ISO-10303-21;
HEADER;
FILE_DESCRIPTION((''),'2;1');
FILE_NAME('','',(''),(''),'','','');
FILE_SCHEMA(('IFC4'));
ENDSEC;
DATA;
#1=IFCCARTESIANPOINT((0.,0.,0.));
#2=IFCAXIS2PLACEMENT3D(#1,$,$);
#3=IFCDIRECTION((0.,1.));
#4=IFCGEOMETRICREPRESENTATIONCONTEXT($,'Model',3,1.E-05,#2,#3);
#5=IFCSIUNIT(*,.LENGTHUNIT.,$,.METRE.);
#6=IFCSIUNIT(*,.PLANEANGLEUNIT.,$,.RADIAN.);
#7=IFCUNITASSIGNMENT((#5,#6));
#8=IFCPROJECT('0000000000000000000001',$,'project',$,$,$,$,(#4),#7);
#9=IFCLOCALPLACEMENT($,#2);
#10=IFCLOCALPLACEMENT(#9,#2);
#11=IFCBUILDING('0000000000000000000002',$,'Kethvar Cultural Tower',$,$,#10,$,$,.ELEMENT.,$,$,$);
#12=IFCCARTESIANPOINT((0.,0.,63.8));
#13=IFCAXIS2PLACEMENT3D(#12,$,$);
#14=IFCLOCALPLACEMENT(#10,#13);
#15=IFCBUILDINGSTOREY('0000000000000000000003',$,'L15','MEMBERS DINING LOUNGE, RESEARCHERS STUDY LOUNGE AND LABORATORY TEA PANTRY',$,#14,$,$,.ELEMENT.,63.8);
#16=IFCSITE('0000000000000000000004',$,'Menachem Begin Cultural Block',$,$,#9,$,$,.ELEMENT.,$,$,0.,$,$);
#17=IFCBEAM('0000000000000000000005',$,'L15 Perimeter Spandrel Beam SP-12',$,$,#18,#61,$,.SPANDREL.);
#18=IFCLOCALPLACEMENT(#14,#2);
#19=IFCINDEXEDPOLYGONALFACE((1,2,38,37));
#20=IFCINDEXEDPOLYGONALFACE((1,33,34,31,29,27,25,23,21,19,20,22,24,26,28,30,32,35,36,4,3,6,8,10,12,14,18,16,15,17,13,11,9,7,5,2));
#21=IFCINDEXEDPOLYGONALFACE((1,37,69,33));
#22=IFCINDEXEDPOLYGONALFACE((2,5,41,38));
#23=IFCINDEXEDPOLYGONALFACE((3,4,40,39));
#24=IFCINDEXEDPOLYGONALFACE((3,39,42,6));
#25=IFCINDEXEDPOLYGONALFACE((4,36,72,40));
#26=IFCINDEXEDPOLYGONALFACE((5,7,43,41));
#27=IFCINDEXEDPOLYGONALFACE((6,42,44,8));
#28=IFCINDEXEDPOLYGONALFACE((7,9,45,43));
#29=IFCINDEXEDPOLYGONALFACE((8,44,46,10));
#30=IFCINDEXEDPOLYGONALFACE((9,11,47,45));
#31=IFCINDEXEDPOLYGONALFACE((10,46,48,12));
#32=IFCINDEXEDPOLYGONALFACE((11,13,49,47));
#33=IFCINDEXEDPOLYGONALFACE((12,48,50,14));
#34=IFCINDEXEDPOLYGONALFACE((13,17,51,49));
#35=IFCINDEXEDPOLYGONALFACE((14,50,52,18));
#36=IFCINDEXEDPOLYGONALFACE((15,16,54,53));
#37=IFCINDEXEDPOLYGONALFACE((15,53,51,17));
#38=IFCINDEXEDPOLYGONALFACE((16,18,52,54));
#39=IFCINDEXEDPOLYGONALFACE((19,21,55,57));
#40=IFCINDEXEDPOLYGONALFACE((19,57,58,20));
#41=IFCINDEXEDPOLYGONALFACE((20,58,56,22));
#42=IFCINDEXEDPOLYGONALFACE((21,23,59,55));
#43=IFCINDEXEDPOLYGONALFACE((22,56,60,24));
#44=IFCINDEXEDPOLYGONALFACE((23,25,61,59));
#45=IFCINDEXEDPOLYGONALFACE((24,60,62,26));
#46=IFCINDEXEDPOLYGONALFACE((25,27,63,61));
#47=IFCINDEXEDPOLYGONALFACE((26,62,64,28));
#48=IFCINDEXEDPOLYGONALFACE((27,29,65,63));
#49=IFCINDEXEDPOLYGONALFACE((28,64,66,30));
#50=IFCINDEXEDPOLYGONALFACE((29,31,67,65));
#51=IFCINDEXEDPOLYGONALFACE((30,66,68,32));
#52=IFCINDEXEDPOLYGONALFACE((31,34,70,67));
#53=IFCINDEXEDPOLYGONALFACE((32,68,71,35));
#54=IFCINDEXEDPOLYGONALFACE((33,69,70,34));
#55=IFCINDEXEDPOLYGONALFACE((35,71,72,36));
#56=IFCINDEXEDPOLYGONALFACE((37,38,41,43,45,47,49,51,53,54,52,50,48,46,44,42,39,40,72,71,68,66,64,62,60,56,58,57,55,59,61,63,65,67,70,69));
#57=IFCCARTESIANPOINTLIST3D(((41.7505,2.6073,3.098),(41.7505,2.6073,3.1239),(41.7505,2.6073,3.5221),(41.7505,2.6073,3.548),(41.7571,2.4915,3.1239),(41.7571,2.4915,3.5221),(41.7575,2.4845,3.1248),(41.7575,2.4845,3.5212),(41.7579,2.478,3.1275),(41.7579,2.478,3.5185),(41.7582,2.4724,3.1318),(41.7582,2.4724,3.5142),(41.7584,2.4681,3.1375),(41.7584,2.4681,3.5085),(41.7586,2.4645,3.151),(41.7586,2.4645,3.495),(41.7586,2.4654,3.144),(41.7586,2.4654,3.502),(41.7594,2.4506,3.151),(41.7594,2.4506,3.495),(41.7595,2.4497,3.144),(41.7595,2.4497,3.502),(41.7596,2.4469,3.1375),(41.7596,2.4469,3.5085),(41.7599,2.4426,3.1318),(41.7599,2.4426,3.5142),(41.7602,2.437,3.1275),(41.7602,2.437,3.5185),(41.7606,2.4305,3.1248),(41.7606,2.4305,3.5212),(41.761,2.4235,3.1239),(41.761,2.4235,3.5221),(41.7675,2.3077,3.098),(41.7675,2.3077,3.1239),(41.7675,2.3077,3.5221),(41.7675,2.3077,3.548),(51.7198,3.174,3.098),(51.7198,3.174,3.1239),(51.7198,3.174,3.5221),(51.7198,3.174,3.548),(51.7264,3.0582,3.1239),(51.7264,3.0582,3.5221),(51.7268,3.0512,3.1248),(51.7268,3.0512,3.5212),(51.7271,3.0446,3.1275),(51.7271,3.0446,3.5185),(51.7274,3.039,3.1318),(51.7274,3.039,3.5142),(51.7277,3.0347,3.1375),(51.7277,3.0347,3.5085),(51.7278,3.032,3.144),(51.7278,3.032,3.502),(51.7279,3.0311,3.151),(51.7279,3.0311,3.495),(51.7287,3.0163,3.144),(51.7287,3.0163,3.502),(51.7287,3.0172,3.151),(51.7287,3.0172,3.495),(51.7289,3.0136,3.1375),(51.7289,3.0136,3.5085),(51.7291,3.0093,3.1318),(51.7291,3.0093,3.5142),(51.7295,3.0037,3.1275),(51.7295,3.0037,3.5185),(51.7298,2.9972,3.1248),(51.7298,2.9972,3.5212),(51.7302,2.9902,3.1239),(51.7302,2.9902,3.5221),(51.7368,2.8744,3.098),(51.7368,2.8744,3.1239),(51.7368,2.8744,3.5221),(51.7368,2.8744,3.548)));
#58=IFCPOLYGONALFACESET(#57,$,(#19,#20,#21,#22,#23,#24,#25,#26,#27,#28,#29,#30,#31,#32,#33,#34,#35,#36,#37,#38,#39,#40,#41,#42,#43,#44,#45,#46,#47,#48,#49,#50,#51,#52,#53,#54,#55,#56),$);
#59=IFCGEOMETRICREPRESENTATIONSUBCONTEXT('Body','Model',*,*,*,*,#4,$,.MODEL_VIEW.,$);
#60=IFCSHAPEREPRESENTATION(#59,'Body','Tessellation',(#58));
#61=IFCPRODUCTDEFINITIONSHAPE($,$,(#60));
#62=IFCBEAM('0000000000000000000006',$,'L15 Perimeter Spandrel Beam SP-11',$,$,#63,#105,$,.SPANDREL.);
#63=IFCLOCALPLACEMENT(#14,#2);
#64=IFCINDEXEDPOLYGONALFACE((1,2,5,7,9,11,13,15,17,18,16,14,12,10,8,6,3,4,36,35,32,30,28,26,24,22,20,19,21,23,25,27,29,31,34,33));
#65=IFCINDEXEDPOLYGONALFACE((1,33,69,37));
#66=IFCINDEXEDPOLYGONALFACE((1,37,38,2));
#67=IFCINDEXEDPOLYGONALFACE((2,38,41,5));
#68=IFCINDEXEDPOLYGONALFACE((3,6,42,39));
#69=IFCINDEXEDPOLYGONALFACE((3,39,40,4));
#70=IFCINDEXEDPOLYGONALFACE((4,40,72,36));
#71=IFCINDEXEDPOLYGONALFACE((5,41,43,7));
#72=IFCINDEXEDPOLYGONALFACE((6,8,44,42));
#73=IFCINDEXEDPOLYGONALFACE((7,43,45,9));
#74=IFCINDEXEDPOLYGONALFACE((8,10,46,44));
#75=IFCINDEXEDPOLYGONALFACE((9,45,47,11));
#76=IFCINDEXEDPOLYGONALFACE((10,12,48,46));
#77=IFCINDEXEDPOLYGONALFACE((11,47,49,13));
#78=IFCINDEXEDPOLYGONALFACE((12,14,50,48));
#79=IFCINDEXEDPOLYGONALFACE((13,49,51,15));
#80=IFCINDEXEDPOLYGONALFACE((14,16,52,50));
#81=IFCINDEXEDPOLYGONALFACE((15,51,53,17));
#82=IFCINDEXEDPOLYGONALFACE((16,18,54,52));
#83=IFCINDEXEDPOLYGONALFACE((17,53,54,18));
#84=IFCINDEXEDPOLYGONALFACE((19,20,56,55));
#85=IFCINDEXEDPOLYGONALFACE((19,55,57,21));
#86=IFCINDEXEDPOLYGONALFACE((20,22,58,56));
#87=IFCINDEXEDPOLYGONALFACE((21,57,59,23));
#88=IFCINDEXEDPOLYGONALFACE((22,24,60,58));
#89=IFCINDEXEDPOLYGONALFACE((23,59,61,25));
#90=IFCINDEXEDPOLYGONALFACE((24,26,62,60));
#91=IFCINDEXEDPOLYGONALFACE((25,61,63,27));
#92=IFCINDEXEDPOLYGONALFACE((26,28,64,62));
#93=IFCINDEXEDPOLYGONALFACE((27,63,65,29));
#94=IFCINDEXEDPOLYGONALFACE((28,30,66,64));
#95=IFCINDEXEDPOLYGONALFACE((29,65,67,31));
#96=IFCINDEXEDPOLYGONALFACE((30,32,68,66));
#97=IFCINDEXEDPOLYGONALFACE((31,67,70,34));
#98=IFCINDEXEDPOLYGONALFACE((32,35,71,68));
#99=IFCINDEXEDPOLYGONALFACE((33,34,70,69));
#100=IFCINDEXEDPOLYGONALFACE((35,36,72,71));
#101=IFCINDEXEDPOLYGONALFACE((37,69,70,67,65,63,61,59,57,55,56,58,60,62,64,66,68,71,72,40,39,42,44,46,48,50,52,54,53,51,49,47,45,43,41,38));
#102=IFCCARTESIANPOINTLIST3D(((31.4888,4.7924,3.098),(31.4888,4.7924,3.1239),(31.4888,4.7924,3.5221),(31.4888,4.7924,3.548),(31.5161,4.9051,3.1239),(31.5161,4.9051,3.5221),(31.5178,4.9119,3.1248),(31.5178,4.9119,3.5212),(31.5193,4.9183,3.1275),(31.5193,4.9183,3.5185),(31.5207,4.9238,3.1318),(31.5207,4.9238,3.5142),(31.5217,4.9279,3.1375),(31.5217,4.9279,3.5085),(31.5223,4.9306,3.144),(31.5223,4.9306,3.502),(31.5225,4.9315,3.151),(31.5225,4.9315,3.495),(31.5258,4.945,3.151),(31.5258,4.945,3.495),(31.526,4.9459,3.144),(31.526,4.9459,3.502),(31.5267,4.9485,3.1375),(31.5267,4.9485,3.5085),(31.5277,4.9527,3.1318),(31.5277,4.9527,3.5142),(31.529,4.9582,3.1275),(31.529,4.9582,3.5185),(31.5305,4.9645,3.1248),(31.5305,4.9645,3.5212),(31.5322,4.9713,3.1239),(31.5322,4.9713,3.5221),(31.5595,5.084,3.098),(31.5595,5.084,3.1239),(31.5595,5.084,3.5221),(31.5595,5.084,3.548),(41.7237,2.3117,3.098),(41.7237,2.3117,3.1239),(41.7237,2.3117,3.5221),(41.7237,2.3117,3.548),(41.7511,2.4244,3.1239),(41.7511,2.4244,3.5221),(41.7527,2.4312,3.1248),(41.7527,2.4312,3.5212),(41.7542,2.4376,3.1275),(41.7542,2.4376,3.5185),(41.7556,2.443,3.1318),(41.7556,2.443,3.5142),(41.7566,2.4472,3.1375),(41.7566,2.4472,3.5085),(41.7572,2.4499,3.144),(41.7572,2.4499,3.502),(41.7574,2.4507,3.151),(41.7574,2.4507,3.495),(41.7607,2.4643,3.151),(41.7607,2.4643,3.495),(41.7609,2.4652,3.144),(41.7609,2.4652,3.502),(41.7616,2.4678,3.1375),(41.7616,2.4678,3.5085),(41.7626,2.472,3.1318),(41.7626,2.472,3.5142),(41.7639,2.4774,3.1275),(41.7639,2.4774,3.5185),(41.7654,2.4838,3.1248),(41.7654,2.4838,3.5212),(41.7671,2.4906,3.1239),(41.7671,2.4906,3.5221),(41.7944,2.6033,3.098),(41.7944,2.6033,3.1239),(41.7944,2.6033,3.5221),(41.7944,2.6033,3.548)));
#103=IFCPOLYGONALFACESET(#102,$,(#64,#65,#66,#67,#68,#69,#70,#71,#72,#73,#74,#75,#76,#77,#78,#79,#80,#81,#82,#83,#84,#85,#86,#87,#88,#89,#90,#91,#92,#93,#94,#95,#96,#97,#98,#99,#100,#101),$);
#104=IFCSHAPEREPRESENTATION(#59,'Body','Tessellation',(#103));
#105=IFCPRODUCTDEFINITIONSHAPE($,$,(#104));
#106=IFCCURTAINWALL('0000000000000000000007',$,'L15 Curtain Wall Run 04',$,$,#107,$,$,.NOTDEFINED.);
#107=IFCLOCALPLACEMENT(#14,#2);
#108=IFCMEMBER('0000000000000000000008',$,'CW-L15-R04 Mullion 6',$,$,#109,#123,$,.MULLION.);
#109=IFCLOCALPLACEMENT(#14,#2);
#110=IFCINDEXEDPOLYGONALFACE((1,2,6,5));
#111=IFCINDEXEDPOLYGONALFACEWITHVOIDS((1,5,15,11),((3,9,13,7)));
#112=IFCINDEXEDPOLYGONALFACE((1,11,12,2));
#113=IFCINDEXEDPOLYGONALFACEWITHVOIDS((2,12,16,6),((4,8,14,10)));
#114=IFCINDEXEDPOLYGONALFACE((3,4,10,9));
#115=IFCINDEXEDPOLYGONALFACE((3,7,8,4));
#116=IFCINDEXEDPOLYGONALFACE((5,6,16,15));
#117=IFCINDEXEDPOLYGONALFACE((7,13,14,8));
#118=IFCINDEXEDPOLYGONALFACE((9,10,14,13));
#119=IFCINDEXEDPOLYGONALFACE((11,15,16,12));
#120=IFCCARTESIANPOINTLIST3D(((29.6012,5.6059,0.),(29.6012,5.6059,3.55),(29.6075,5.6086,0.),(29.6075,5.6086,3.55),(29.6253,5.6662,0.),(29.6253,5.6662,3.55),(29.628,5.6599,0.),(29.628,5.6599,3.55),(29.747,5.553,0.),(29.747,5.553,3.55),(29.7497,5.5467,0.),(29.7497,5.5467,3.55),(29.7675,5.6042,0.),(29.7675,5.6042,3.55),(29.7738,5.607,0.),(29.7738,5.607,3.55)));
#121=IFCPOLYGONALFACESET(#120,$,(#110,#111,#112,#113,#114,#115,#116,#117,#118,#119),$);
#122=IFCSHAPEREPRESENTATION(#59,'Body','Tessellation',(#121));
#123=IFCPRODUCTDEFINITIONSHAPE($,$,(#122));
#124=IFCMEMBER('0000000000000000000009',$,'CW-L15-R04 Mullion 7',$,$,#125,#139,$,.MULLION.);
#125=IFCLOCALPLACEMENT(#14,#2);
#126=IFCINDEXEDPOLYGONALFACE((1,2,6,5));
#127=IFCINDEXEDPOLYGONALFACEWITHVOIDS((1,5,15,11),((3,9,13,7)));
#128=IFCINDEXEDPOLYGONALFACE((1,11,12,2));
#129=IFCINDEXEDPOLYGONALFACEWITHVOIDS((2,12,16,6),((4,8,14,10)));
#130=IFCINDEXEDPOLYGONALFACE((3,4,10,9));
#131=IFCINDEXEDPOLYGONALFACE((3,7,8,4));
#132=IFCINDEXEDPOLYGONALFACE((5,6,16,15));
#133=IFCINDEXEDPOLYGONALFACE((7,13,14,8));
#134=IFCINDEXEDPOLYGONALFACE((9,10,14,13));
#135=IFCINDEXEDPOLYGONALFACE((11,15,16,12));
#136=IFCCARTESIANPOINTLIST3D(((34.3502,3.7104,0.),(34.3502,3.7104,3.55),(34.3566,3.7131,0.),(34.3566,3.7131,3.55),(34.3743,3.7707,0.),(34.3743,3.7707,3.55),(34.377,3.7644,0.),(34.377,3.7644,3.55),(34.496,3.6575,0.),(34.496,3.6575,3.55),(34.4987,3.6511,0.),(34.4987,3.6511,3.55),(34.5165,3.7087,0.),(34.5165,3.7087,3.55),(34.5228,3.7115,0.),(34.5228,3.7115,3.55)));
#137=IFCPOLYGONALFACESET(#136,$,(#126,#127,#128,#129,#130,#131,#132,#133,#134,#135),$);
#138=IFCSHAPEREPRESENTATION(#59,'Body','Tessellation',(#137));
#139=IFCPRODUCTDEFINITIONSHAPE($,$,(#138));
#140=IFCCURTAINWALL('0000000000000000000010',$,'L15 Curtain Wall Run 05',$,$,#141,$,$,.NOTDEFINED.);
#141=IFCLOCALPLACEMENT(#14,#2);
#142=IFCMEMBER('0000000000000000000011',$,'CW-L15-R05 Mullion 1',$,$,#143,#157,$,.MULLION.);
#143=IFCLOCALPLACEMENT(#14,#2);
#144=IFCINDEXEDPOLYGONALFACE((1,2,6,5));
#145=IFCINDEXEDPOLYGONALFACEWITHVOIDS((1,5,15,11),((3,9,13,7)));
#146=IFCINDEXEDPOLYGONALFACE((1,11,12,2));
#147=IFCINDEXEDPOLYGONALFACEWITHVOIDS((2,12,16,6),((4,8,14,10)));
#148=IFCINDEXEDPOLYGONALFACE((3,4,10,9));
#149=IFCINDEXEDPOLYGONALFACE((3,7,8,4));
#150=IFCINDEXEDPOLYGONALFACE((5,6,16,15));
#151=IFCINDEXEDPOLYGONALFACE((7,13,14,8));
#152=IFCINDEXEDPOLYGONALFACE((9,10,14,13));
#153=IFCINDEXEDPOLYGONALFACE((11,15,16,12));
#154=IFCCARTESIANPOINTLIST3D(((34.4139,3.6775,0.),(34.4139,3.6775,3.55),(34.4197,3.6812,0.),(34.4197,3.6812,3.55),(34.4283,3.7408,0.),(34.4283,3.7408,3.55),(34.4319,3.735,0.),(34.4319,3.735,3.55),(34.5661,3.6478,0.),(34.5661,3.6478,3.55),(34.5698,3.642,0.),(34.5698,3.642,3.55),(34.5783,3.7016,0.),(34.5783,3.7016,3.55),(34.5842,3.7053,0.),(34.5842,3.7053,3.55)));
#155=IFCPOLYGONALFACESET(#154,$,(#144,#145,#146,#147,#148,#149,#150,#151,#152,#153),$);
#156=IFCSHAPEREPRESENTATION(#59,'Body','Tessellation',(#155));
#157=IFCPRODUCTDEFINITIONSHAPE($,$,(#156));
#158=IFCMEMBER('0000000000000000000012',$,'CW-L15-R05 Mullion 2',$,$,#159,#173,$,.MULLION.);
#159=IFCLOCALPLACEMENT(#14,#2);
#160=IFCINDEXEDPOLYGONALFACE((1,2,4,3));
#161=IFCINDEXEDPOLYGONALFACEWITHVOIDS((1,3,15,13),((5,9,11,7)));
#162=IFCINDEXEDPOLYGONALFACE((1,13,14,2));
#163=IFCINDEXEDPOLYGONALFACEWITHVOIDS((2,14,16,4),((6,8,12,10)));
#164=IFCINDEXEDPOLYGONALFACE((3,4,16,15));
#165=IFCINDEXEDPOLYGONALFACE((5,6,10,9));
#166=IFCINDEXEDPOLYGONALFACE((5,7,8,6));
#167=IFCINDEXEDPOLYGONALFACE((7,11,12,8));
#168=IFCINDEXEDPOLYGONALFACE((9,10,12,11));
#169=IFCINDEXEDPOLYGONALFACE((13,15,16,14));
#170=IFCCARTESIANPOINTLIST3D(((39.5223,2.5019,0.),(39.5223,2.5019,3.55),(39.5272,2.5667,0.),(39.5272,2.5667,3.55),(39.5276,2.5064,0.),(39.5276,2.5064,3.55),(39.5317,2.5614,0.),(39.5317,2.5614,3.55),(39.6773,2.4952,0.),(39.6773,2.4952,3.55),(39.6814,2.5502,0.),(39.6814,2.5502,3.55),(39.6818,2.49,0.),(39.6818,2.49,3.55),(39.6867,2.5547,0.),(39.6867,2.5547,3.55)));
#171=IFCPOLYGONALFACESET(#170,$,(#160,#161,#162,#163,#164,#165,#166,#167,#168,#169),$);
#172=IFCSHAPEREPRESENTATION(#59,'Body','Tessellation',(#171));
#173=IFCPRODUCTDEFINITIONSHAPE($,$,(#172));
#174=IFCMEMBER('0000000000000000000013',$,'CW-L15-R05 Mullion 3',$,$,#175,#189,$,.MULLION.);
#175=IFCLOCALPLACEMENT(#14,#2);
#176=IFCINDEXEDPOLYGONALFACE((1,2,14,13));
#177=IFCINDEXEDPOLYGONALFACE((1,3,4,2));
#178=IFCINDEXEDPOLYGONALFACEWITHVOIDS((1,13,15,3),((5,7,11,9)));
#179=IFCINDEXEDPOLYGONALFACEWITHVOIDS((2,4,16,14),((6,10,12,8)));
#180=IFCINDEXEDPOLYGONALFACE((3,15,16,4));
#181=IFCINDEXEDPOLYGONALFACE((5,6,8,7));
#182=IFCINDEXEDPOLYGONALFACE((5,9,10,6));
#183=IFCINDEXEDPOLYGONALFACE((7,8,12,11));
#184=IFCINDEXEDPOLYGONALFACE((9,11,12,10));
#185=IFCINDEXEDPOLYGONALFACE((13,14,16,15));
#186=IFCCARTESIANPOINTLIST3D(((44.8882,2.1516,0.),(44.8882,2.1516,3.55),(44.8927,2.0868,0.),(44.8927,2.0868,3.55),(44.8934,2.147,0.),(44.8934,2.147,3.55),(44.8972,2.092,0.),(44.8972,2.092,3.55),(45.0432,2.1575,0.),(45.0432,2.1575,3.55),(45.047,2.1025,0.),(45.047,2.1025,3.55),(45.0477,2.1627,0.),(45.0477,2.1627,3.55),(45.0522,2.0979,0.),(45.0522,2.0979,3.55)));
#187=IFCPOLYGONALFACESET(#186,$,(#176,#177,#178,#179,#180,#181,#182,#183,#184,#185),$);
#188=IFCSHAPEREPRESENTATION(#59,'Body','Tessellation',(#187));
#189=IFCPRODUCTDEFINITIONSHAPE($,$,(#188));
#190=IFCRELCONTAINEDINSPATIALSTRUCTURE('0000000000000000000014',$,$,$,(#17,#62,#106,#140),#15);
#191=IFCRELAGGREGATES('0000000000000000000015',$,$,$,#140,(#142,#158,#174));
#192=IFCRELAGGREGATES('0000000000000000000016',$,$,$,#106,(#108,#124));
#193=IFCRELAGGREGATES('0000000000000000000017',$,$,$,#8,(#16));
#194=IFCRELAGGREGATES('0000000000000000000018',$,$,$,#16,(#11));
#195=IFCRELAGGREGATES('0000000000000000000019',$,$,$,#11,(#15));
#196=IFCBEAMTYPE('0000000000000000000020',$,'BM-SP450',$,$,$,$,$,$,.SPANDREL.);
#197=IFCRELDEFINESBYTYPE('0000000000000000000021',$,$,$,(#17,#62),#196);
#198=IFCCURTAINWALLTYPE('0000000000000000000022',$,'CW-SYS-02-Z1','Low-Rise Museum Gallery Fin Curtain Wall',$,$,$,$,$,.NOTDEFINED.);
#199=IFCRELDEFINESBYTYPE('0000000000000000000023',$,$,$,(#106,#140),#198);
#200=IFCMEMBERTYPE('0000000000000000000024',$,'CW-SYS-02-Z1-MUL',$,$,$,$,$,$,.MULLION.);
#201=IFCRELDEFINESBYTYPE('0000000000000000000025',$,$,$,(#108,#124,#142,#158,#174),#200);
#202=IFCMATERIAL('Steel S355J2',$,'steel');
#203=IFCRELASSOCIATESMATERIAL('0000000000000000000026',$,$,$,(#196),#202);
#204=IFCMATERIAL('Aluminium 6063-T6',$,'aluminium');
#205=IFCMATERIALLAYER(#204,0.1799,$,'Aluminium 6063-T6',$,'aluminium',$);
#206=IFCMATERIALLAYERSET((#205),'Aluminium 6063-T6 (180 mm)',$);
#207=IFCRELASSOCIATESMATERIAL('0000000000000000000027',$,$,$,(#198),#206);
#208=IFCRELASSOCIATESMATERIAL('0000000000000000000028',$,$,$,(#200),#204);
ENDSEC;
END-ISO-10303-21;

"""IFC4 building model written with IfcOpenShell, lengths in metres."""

from ifc_helpers import new_model, si_unit, direction, frame, origin, origin_2d, place, context, subcontext, project, spatial, hollow_rectangle, i_section, extrude, source, transform, mapped, material, layer, layer_set, material_profile, profile_set, type_object, element, aggregate, save


model = new_model("IFC4")

# Units and contexts
model_context = context("Model", 3, precision=1e-05, world=origin(), true_north=direction((0.0, 1.0)))
body_context = subcontext(model_context, "Body", "Model", "MODEL_VIEW")
ifc_project = project(units=[si_unit("LENGTHUNIT", "METRE"), si_unit("PLANEANGLEUNIT", "RADIAN")], contexts=[model_context])

# Site, building, storey
site_placement = place(None, origin())
site = spatial("IfcSite", under=ifc_project, at=site_placement, Name="Menachem Begin Cultural Block", CompositionType="ELEMENT", RefElevation=0.0)
building_placement = place(site_placement, origin())
building = spatial("IfcBuilding", under=site, at=building_placement, Name="Kethvar Cultural Tower", CompositionType="ELEMENT")
storey_placement = place(building_placement, frame((0.0, 0.0, 63.8)))
storey = spatial("IfcBuildingStorey", under=building, at=storey_placement, Name="L15", Description="MEMBERS DINING LOUNGE, RESEARCHERS STUDY LOUNGE AND LABORATORY TEA PANTRY", CompositionType="ELEMENT", Elevation=63.8)

# Beams
ifc_material_1 = material(Name="Steel S355J2", Category="steel")
ifc_material_profile_1 = material_profile(ifc_material_1, i_section(OverallWidth=0.3, OverallDepth=0.45, WebThickness=0.0139, FlangeThickness=0.0259, FilletRadius=0.0271, at=origin_2d()), Name="Steel S355J2 — HEB450")
ifc_profile_set_1 = profile_set([ifc_material_profile_1], Name="Steel S355J2 — HEB450")
beam_type_1 = type_object("IfcBeamType", Name="BM-SP450", PredefinedType="SPANDREL", material=ifc_profile_set_1)
shared_shape_1 = source(origin(), body_context, "Body", "SweptSolid", [
    extrude(i_section(OverallWidth=0.3, OverallDepth=0.45, WebThickness=0.0139, FlangeThickness=0.0259, FilletRadius=0.0271, at=origin_2d()), origin(), (0.0, 0.0, 1.0), 9.9854),
])
beam_1_placement = place(storey_placement, frame((41.759, 2.4575, 3.323), z_axis=(0.998389, 0.056748, 0.0), x_axis=(-0.056748, 0.998389, 0.0)))
element("IfcBeam", 1, at=beam_1_placement, inside=storey, type_object=beam_type_1, Name="L15 Perimeter Spandrel Beam SP-12", PredefinedType="SPANDREL", context=body_context, shape_type="MappedRepresentation", body=[
    mapped(shared_shape_1, transform((0.0, 0.0, 0.0), scale=1.0)),
])
shared_shape_2 = source(origin(), body_context, "Body", "SweptSolid", [
    extrude(i_section(OverallWidth=0.3, OverallDepth=0.45, WebThickness=0.0139, FlangeThickness=0.0259, FilletRadius=0.0271, at=origin_2d()), origin(), (0.0, 0.0, 1.0), 10.5312),
])
beam_2_placement = place(storey_placement, frame((31.5242, 4.9382, 3.323), z_axis=(0.97186, -0.235558, 0.0), x_axis=(0.235558, 0.97186, 0.0)))
element("IfcBeam", 2, at=beam_2_placement, inside=storey, type_object=beam_type_1, Name="L15 Perimeter Spandrel Beam SP-11", PredefinedType="SPANDREL", context=body_context, shape_type="MappedRepresentation", body=[
    mapped(shared_shape_2, transform((0.0, 0.0, 0.0), scale=1.0)),
])

# Curtain walls, members
ifc_material_2 = material(Name="Aluminium 6063-T6", Category="aluminium")
ifc_layer_1 = layer(ifc_material_2, 0.1799, Name="Aluminium 6063-T6", Category="aluminium")
ifc_layer_set_1 = layer_set([ifc_layer_1], Name="Aluminium 6063-T6 (180 mm)")
curtain_wall_type = type_object("IfcCurtainWallType", Name="CW-SYS-02-Z1", Description="Low-Rise Museum Gallery Fin Curtain Wall", PredefinedType="NOTDEFINED", material=ifc_layer_set_1)
curtain_wall_1_placement = place(storey_placement, origin())
curtain_wall_1 = element("IfcCurtainWall", 3, at=curtain_wall_1_placement, inside=storey, type_object=curtain_wall_type, Name="L15 Curtain Wall Run 04", PredefinedType="NOTDEFINED")
ifc_material_profile_2 = material_profile(ifc_material_2, hollow_rectangle(XDim=0.0649, YDim=0.1599, WallThickness=0.0049, at=origin_2d()), Name="Aluminium 6063-T6 — RHS160x65x5")
ifc_profile_set_2 = profile_set([ifc_material_profile_2], Name="Aluminium 6063-T6 — RHS160x65x5")
member_type_1 = type_object("IfcMemberType", Name="CW-SYS-02-Z1-MUL", PredefinedType="MULLION", material=ifc_profile_set_2)
shared_shape_3 = source(origin(), body_context, "Body", "SweptSolid", [
    extrude(hollow_rectangle(XDim=0.0649, YDim=0.1599, WallThickness=0.0049, at=origin_2d()), origin(), (0.0, 0.0, 1.0), 3.55),
])
member_1_placement = place(storey_placement, frame((29.6875, 5.6064, 0.0), z_axis=(0.0, 0.0, 1.0), x_axis=(0.370655, 0.928771, 0.0)))
member_1 = element("IfcMember", 4, at=member_1_placement, type_object=member_type_1, Name="CW-L15-R04 Mullion 6", PredefinedType="MULLION", context=body_context, shape_type="MappedRepresentation", body=[
    mapped(shared_shape_3, transform((0.0, 0.0, 0.0), scale=1.0)),
])
member_2_placement = place(storey_placement, frame((34.4365, 3.7109, 0.0), z_axis=(0.0, 0.0, 1.0), x_axis=(0.370655, 0.928771, 0.0)))
member_2 = element("IfcMember", 5, at=member_2_placement, type_object=member_type_1, Name="CW-L15-R04 Mullion 7", PredefinedType="MULLION", context=body_context, shape_type="MappedRepresentation", body=[
    mapped(shared_shape_3, transform((0.0, 0.0, 0.0), scale=1.0)),
])
curtain_wall_2_placement = place(storey_placement, origin())
curtain_wall_2 = element("IfcCurtainWall", 6, at=curtain_wall_2_placement, inside=storey, type_object=curtain_wall_type, Name="L15 Curtain Wall Run 05", PredefinedType="NOTDEFINED")
member_3_placement = place(storey_placement, frame((34.499, 3.6914, 0.0), z_axis=(0.0, 0.0, 1.0), x_axis=(0.221889, 0.975072, 0.0)))
member_3 = element("IfcMember", 7, at=member_3_placement, type_object=member_type_1, Name="CW-L15-R05 Mullion 1", PredefinedType="MULLION", context=body_context, shape_type="MappedRepresentation", body=[
    mapped(shared_shape_3, transform((0.0, 0.0, 0.0), scale=1.0)),
])
member_4_placement = place(storey_placement, frame((39.6045, 2.5283, 0.0), z_axis=(0.0, 0.0, 1.0), x_axis=(0.074787, 0.9972, 0.0)))
member_4 = element("IfcMember", 8, at=member_4_placement, type_object=member_type_1, Name="CW-L15-R05 Mullion 2", PredefinedType="MULLION", context=body_context, shape_type="MappedRepresentation", body=[
    mapped(shared_shape_3, transform((0.0, 0.0, 0.0), scale=1.0)),
])
member_5_placement = place(storey_placement, frame((44.9702, 2.1248, 0.0), z_axis=(0.0, 0.0, 1.0), x_axis=(-0.069722, 0.997566, 0.0)))
member_5 = element("IfcMember", 9, at=member_5_placement, type_object=member_type_1, Name="CW-L15-R05 Mullion 3", PredefinedType="MULLION", context=body_context, shape_type="MappedRepresentation", body=[
    mapped(shared_shape_3, transform((0.0, 0.0, 0.0), scale=1.0)),
])

aggregate(curtain_wall_2, [member_3, member_4, member_5])
aggregate(curtain_wall_1, [member_1, member_2])

save(model, "model.ifc")
